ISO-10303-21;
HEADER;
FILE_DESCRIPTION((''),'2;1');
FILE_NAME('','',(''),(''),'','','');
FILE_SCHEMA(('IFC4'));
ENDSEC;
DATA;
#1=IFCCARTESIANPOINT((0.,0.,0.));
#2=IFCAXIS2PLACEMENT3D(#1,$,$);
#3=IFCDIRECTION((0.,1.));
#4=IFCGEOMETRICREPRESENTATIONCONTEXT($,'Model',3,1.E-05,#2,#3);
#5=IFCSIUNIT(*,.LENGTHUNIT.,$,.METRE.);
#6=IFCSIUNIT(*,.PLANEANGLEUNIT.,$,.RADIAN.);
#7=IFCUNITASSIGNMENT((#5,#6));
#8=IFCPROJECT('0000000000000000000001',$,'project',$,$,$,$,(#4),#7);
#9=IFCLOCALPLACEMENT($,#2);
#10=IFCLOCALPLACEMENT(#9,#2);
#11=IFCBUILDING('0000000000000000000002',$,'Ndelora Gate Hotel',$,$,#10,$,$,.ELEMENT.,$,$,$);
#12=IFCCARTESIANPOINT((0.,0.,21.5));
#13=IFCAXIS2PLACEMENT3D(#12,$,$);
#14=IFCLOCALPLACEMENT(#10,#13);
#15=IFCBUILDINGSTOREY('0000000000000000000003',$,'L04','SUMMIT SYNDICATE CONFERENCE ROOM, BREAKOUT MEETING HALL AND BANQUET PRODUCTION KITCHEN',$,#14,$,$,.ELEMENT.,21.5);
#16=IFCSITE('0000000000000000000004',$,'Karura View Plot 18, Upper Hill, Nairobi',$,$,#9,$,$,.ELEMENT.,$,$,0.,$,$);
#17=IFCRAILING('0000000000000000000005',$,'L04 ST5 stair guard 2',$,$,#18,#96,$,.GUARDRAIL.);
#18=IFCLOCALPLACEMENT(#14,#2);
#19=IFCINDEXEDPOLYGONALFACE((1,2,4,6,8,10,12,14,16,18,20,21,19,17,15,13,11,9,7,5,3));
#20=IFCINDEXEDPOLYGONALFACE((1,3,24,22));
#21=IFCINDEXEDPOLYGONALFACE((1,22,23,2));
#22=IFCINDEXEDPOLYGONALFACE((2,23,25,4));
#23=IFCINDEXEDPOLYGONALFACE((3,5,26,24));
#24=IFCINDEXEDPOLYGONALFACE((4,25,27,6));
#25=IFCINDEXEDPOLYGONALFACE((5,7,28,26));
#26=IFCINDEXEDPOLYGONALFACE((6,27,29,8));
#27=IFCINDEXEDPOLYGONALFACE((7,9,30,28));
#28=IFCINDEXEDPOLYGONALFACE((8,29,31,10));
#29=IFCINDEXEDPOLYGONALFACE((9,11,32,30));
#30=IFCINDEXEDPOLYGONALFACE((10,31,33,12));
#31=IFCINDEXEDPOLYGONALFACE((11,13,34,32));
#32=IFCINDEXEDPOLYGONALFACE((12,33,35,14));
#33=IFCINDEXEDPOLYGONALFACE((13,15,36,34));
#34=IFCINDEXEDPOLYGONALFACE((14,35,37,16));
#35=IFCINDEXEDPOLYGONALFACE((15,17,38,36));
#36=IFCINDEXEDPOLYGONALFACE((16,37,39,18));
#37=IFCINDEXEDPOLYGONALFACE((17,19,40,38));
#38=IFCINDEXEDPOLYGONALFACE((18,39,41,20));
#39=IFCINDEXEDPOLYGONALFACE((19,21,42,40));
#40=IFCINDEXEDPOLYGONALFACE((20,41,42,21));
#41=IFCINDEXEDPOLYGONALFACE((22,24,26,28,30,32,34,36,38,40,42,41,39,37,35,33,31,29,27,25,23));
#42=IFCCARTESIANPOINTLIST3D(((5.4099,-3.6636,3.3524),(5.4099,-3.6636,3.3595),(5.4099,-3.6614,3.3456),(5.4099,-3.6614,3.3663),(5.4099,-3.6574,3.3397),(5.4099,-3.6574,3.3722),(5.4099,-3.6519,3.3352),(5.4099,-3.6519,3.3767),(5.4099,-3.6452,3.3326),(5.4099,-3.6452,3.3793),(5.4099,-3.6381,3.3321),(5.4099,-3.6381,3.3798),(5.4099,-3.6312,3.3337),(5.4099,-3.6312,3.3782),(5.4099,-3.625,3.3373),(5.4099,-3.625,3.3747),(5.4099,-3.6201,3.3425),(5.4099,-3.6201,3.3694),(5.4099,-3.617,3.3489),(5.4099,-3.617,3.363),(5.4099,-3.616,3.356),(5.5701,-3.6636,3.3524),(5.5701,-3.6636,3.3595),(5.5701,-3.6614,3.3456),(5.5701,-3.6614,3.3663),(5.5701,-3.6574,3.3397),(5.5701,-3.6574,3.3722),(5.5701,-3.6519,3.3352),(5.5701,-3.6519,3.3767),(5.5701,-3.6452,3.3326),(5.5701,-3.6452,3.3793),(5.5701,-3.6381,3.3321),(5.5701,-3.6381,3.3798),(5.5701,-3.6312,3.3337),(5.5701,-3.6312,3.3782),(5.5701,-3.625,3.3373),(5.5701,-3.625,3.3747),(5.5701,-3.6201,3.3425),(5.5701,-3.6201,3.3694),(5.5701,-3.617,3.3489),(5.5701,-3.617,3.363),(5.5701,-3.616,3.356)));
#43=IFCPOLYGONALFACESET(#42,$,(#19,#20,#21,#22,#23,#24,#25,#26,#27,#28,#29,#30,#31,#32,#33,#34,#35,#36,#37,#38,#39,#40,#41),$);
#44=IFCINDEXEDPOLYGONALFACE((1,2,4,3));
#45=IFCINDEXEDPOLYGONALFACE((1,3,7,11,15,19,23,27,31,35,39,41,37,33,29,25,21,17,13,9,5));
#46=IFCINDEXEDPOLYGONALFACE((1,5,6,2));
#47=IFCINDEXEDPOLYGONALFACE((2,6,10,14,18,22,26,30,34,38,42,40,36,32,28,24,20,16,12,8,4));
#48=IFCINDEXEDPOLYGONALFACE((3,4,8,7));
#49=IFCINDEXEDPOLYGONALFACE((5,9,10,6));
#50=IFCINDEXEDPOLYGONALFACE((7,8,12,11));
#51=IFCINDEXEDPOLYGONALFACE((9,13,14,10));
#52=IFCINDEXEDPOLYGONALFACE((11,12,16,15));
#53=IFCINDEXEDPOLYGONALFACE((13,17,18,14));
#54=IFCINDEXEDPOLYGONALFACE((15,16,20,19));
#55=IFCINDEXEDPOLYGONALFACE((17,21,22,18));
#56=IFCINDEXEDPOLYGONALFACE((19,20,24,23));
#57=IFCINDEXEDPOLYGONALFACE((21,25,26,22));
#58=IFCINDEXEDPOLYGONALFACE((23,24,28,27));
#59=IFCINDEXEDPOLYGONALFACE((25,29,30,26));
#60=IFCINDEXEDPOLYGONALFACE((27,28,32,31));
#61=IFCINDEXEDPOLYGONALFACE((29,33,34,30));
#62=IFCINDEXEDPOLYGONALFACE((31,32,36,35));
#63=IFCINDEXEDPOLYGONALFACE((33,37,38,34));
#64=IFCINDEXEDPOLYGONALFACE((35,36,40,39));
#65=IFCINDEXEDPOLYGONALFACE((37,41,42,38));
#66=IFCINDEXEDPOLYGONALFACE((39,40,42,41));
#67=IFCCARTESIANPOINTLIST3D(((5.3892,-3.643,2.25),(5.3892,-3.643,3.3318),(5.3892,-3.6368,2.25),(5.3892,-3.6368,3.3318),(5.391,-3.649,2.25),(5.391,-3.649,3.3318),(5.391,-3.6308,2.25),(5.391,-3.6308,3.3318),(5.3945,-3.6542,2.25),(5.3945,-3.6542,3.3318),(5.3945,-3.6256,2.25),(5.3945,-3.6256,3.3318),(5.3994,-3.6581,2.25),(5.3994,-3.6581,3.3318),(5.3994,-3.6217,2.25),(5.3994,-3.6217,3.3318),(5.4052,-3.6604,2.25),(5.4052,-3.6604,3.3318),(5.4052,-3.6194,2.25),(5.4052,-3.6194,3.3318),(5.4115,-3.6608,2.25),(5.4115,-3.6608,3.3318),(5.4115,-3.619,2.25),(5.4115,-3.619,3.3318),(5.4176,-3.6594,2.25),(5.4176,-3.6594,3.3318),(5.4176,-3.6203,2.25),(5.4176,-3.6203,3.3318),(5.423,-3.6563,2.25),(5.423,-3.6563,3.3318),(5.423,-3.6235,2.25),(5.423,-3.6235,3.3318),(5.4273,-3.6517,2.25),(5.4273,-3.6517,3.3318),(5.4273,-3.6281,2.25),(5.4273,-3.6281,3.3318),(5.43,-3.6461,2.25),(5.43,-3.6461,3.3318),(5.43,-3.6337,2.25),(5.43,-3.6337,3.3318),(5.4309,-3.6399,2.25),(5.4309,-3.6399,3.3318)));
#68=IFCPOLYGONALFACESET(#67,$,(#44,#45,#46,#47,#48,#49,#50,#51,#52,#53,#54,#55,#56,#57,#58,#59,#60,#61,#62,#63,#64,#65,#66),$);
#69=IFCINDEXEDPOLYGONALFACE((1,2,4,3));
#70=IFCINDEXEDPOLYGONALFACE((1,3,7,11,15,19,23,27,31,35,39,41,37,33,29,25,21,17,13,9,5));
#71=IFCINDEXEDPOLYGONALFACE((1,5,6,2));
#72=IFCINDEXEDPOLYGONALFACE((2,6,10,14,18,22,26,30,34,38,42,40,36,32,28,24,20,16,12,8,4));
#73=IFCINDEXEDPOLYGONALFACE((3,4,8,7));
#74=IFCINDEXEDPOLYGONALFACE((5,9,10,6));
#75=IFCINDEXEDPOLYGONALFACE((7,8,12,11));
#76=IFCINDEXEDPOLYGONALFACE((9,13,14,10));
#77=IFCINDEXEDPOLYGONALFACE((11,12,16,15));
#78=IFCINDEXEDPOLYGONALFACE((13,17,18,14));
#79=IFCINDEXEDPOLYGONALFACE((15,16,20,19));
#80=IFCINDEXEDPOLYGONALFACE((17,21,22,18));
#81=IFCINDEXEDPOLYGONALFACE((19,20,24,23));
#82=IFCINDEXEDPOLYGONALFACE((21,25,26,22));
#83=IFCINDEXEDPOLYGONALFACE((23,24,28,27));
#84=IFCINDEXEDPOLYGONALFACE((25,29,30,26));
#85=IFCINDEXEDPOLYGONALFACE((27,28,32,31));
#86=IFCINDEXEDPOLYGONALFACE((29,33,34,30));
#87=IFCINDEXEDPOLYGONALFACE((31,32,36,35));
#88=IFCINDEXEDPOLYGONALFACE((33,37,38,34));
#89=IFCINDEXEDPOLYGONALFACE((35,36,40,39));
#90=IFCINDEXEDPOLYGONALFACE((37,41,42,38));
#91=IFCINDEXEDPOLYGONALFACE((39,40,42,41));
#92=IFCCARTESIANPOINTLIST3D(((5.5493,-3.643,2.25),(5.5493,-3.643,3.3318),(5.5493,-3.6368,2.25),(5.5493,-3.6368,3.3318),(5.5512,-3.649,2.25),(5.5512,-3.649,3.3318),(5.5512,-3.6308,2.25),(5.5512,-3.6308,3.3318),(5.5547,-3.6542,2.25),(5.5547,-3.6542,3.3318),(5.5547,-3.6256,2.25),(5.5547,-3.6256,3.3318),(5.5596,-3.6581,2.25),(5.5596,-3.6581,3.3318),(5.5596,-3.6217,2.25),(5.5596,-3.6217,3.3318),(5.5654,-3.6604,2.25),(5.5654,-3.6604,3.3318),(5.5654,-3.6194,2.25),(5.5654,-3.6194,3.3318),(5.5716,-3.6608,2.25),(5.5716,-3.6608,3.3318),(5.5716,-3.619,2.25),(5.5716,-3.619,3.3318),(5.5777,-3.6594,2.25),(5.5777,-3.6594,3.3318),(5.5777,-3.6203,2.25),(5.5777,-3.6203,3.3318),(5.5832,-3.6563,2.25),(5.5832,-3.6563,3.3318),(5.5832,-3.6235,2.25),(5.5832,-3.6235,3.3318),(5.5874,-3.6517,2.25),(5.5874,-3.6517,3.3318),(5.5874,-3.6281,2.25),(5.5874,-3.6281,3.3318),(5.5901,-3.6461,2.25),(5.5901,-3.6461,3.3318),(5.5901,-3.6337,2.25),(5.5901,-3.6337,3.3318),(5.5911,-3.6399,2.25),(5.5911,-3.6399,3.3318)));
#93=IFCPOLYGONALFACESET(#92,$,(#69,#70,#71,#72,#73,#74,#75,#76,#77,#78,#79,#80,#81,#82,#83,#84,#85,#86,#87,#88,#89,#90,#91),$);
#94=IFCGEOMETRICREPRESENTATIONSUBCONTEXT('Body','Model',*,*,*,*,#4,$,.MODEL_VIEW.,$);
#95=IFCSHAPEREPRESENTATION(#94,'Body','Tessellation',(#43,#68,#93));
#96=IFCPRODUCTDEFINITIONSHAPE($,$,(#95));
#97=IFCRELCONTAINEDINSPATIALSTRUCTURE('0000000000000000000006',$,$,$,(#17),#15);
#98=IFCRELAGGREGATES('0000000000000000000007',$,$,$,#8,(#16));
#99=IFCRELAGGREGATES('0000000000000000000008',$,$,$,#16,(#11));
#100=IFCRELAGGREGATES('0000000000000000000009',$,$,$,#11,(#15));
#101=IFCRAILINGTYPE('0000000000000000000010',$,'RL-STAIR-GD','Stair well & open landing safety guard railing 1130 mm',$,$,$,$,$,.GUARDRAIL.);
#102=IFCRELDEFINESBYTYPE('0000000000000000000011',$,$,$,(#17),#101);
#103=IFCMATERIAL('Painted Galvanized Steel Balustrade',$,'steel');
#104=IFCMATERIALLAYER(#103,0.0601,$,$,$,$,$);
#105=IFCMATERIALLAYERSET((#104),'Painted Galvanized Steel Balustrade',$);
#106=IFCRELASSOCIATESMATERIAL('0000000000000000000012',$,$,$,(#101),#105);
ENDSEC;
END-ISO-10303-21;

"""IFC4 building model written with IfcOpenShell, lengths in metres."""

from ifc_helpers import new_model, si_unit, direction, frame, origin, origin_2d, place, context, subcontext, project, spatial, circle, extrude, material, layer, layer_set, type_object, element, save


model = new_model("IFC4")

# Units and contexts
model_context = context("Model", 3, precision=1e-05, world=origin(), true_north=direction((0.0, 1.0)))
body_context = subcontext(model_context, "Body", "Model", "MODEL_VIEW")
ifc_project = project(units=[si_unit("LENGTHUNIT", "METRE"), si_unit("PLANEANGLEUNIT", "RADIAN")], contexts=[model_context])

# Site, building, storey
site_placement = place(None, origin())
site = spatial("IfcSite", under=ifc_project, at=site_placement, Name="Karura View Plot 18, Upper Hill, Nairobi", CompositionType="ELEMENT", RefElevation=0.0)
building_placement = place(site_placement, origin())
building = spatial("IfcBuilding", under=site, at=building_placement, Name="Ndelora Gate Hotel", CompositionType="ELEMENT")
storey_placement = place(building_placement, frame((0.0, 0.0, 21.5)))
storey = spatial("IfcBuildingStorey", under=building, at=storey_placement, Name="L04", Description="SUMMIT SYNDICATE CONFERENCE ROOM, BREAKOUT MEETING HALL AND BANQUET PRODUCTION KITCHEN", CompositionType="ELEMENT", Elevation=21.5)

# Railing
ifc_material_1 = material(Name="Painted Galvanized Steel Balustrade", Category="steel")
ifc_layer_1 = layer(ifc_material_1, 0.0601)
ifc_layer_set_1 = layer_set([ifc_layer_1], Name="Painted Galvanized Steel Balustrade")
railing_type = type_object("IfcRailingType", Name="RL-STAIR-GD", Description="Stair well & open landing safety guard railing 1130 mm", PredefinedType="GUARDRAIL", material=ifc_layer_set_1)
railing_1_placement = place(storey_placement, frame((5.4099, -3.6399, 2.25)))
element("IfcRailing", 1, at=railing_1_placement, inside=storey, type_object=railing_type, Name="L04 ST5 stair guard 2", PredefinedType="GUARDRAIL", context=body_context, shape_type="SweptSolid", body=[
    extrude(circle(Radius=0.0239, at=origin_2d()), frame((0.0, 0.0, 1.106), z_axis=(1.0, 0.0, 0.0), x_axis=(0.0, 1.0, 0.0)), (0.0, 0.0, 1.0), 0.1602),
    extrude(circle(Radius=0.021, at=origin_2d()), origin(), (0.0, 0.0, 1.0), 1.0818),
    extrude(circle(Radius=0.021, at=origin_2d()), frame((0.1602, 0.0, 0.0)), (0.0, 0.0, 1.0), 1.0818),
])

save(model, "model.ifc")
